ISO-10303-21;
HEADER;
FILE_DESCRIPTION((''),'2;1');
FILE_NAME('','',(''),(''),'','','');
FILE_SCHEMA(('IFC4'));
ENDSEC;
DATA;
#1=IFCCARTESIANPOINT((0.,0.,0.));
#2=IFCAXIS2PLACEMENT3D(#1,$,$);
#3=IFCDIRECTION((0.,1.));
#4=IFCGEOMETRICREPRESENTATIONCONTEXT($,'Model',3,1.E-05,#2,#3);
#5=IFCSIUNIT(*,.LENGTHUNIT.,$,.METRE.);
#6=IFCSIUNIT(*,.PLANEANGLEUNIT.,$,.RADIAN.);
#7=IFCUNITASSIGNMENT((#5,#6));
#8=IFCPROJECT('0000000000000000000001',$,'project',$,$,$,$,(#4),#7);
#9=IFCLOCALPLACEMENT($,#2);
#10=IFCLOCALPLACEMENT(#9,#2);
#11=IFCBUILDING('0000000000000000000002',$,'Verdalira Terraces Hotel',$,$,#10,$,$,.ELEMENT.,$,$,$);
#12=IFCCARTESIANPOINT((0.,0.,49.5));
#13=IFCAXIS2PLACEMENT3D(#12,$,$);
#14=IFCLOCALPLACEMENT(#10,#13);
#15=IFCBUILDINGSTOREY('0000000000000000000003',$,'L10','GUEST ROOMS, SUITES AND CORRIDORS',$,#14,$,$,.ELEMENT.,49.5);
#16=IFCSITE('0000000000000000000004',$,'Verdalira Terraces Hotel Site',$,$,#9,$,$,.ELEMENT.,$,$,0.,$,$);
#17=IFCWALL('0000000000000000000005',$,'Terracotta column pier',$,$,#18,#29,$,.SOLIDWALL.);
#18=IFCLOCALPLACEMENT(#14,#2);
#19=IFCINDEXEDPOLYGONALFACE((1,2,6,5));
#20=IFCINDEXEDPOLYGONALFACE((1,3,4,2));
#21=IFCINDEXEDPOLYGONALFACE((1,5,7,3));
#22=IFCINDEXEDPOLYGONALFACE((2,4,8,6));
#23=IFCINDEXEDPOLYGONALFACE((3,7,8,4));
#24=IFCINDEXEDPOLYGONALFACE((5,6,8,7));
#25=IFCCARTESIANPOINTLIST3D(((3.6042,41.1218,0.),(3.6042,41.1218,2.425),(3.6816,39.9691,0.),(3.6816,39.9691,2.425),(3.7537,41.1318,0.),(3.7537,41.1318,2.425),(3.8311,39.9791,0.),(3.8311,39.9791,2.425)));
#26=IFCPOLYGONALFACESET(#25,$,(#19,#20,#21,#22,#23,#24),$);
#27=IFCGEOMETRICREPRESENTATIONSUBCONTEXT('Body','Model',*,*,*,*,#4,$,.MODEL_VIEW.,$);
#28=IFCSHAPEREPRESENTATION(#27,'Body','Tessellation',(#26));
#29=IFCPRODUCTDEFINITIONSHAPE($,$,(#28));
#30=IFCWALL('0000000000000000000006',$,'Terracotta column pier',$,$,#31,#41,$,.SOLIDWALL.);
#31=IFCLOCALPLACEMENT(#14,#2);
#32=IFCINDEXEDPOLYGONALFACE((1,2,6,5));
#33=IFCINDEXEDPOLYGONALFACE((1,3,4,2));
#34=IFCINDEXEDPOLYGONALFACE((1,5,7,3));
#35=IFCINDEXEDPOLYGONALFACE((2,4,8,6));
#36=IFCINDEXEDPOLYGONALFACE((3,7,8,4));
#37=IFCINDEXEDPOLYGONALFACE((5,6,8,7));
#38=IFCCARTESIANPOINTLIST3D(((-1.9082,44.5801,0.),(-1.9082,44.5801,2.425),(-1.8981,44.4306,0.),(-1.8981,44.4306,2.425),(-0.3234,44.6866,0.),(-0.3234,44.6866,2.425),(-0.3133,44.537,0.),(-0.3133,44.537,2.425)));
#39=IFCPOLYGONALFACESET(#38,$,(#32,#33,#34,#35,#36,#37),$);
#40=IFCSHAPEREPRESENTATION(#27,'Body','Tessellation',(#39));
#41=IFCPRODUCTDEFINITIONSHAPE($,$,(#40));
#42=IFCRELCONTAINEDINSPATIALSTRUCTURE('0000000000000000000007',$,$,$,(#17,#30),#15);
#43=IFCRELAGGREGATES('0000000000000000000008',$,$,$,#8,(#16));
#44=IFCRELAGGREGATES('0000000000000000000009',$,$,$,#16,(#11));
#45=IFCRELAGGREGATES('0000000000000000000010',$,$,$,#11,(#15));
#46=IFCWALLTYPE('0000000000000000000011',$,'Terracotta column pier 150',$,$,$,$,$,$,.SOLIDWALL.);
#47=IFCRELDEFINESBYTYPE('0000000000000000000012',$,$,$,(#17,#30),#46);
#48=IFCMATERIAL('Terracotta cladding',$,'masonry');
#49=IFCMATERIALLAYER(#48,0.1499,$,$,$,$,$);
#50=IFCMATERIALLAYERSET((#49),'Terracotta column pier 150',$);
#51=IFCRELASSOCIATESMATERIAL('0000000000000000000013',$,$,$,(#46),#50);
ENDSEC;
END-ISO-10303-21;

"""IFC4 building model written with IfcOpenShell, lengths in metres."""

from ifc_helpers import new_model, si_unit, direction, frame, frame_2d, origin, place, context, subcontext, project, spatial, rectangle, extrude, material, layer, layer_set, type_object, element, save


model = new_model("IFC4")

# Units and contexts
model_context = context("Model", 3, precision=1e-05, world=origin(), true_north=direction((0.0, 1.0)))
body_context = subcontext(model_context, "Body", "Model", "MODEL_VIEW")
ifc_project = project(units=[si_unit("LENGTHUNIT", "METRE"), si_unit("PLANEANGLEUNIT", "RADIAN")], contexts=[model_context])

# Site, building, storey
site_placement = place(None, origin())
site = spatial("IfcSite", under=ifc_project, at=site_placement, Name="Verdalira Terraces Hotel Site", CompositionType="ELEMENT", RefElevation=0.0)
building_placement = place(site_placement, origin())
building = spatial("IfcBuilding", under=site, at=building_placement, Name="Verdalira Terraces Hotel", CompositionType="ELEMENT")
storey_placement = place(building_placement, frame((0.0, 0.0, 49.5)))
storey = spatial("IfcBuildingStorey", under=building, at=storey_placement, Name="L10", Description="GUEST ROOMS, SUITES AND CORRIDORS", CompositionType="ELEMENT", Elevation=49.5)

# Walls
ifc_material_1 = material(Name="Terracotta cladding", Category="masonry")
ifc_layer_1 = layer(ifc_material_1, 0.1499)
ifc_layer_set_1 = layer_set([ifc_layer_1], Name="Terracotta column pier 150")
wall_type_1 = type_object("IfcWallType", Name="Terracotta column pier 150", PredefinedType="SOLIDWALL", material=ifc_layer_set_1)
wall_1_placement = place(storey_placement, frame((3.7563, 39.9741, 0.0), z_axis=(0.0, 0.0, 1.0), x_axis=(-0.066996, 0.997753, 0.0)))
element("IfcWall", 1, at=wall_1_placement, inside=storey, type_object=wall_type_1, Name="Terracotta column pier", PredefinedType="SOLIDWALL", context=body_context, shape_type="SweptSolid", body=[
    extrude(rectangle(XDim=1.1553, YDim=0.1499, at=frame_2d((0.5776, 0.0))), origin(), (0.0, 0.0, 1.0), 2.425),
])
wall_2_placement = place(storey_placement, frame((-0.3184, 44.6118, 0.0), z_axis=(0.0, 0.0, 1.0), x_axis=(-0.997752, -0.067019, 0.0)))
element("IfcWall", 2, at=wall_2_placement, inside=storey, type_object=wall_type_1, Name="Terracotta column pier", PredefinedType="SOLIDWALL", context=body_context, shape_type="SweptSolid", body=[
    extrude(rectangle(XDim=1.5884, YDim=0.1499, at=frame_2d((0.7942, 0.0))), origin(), (0.0, 0.0, 1.0), 2.425),
])

save(model, "model.ifc")
